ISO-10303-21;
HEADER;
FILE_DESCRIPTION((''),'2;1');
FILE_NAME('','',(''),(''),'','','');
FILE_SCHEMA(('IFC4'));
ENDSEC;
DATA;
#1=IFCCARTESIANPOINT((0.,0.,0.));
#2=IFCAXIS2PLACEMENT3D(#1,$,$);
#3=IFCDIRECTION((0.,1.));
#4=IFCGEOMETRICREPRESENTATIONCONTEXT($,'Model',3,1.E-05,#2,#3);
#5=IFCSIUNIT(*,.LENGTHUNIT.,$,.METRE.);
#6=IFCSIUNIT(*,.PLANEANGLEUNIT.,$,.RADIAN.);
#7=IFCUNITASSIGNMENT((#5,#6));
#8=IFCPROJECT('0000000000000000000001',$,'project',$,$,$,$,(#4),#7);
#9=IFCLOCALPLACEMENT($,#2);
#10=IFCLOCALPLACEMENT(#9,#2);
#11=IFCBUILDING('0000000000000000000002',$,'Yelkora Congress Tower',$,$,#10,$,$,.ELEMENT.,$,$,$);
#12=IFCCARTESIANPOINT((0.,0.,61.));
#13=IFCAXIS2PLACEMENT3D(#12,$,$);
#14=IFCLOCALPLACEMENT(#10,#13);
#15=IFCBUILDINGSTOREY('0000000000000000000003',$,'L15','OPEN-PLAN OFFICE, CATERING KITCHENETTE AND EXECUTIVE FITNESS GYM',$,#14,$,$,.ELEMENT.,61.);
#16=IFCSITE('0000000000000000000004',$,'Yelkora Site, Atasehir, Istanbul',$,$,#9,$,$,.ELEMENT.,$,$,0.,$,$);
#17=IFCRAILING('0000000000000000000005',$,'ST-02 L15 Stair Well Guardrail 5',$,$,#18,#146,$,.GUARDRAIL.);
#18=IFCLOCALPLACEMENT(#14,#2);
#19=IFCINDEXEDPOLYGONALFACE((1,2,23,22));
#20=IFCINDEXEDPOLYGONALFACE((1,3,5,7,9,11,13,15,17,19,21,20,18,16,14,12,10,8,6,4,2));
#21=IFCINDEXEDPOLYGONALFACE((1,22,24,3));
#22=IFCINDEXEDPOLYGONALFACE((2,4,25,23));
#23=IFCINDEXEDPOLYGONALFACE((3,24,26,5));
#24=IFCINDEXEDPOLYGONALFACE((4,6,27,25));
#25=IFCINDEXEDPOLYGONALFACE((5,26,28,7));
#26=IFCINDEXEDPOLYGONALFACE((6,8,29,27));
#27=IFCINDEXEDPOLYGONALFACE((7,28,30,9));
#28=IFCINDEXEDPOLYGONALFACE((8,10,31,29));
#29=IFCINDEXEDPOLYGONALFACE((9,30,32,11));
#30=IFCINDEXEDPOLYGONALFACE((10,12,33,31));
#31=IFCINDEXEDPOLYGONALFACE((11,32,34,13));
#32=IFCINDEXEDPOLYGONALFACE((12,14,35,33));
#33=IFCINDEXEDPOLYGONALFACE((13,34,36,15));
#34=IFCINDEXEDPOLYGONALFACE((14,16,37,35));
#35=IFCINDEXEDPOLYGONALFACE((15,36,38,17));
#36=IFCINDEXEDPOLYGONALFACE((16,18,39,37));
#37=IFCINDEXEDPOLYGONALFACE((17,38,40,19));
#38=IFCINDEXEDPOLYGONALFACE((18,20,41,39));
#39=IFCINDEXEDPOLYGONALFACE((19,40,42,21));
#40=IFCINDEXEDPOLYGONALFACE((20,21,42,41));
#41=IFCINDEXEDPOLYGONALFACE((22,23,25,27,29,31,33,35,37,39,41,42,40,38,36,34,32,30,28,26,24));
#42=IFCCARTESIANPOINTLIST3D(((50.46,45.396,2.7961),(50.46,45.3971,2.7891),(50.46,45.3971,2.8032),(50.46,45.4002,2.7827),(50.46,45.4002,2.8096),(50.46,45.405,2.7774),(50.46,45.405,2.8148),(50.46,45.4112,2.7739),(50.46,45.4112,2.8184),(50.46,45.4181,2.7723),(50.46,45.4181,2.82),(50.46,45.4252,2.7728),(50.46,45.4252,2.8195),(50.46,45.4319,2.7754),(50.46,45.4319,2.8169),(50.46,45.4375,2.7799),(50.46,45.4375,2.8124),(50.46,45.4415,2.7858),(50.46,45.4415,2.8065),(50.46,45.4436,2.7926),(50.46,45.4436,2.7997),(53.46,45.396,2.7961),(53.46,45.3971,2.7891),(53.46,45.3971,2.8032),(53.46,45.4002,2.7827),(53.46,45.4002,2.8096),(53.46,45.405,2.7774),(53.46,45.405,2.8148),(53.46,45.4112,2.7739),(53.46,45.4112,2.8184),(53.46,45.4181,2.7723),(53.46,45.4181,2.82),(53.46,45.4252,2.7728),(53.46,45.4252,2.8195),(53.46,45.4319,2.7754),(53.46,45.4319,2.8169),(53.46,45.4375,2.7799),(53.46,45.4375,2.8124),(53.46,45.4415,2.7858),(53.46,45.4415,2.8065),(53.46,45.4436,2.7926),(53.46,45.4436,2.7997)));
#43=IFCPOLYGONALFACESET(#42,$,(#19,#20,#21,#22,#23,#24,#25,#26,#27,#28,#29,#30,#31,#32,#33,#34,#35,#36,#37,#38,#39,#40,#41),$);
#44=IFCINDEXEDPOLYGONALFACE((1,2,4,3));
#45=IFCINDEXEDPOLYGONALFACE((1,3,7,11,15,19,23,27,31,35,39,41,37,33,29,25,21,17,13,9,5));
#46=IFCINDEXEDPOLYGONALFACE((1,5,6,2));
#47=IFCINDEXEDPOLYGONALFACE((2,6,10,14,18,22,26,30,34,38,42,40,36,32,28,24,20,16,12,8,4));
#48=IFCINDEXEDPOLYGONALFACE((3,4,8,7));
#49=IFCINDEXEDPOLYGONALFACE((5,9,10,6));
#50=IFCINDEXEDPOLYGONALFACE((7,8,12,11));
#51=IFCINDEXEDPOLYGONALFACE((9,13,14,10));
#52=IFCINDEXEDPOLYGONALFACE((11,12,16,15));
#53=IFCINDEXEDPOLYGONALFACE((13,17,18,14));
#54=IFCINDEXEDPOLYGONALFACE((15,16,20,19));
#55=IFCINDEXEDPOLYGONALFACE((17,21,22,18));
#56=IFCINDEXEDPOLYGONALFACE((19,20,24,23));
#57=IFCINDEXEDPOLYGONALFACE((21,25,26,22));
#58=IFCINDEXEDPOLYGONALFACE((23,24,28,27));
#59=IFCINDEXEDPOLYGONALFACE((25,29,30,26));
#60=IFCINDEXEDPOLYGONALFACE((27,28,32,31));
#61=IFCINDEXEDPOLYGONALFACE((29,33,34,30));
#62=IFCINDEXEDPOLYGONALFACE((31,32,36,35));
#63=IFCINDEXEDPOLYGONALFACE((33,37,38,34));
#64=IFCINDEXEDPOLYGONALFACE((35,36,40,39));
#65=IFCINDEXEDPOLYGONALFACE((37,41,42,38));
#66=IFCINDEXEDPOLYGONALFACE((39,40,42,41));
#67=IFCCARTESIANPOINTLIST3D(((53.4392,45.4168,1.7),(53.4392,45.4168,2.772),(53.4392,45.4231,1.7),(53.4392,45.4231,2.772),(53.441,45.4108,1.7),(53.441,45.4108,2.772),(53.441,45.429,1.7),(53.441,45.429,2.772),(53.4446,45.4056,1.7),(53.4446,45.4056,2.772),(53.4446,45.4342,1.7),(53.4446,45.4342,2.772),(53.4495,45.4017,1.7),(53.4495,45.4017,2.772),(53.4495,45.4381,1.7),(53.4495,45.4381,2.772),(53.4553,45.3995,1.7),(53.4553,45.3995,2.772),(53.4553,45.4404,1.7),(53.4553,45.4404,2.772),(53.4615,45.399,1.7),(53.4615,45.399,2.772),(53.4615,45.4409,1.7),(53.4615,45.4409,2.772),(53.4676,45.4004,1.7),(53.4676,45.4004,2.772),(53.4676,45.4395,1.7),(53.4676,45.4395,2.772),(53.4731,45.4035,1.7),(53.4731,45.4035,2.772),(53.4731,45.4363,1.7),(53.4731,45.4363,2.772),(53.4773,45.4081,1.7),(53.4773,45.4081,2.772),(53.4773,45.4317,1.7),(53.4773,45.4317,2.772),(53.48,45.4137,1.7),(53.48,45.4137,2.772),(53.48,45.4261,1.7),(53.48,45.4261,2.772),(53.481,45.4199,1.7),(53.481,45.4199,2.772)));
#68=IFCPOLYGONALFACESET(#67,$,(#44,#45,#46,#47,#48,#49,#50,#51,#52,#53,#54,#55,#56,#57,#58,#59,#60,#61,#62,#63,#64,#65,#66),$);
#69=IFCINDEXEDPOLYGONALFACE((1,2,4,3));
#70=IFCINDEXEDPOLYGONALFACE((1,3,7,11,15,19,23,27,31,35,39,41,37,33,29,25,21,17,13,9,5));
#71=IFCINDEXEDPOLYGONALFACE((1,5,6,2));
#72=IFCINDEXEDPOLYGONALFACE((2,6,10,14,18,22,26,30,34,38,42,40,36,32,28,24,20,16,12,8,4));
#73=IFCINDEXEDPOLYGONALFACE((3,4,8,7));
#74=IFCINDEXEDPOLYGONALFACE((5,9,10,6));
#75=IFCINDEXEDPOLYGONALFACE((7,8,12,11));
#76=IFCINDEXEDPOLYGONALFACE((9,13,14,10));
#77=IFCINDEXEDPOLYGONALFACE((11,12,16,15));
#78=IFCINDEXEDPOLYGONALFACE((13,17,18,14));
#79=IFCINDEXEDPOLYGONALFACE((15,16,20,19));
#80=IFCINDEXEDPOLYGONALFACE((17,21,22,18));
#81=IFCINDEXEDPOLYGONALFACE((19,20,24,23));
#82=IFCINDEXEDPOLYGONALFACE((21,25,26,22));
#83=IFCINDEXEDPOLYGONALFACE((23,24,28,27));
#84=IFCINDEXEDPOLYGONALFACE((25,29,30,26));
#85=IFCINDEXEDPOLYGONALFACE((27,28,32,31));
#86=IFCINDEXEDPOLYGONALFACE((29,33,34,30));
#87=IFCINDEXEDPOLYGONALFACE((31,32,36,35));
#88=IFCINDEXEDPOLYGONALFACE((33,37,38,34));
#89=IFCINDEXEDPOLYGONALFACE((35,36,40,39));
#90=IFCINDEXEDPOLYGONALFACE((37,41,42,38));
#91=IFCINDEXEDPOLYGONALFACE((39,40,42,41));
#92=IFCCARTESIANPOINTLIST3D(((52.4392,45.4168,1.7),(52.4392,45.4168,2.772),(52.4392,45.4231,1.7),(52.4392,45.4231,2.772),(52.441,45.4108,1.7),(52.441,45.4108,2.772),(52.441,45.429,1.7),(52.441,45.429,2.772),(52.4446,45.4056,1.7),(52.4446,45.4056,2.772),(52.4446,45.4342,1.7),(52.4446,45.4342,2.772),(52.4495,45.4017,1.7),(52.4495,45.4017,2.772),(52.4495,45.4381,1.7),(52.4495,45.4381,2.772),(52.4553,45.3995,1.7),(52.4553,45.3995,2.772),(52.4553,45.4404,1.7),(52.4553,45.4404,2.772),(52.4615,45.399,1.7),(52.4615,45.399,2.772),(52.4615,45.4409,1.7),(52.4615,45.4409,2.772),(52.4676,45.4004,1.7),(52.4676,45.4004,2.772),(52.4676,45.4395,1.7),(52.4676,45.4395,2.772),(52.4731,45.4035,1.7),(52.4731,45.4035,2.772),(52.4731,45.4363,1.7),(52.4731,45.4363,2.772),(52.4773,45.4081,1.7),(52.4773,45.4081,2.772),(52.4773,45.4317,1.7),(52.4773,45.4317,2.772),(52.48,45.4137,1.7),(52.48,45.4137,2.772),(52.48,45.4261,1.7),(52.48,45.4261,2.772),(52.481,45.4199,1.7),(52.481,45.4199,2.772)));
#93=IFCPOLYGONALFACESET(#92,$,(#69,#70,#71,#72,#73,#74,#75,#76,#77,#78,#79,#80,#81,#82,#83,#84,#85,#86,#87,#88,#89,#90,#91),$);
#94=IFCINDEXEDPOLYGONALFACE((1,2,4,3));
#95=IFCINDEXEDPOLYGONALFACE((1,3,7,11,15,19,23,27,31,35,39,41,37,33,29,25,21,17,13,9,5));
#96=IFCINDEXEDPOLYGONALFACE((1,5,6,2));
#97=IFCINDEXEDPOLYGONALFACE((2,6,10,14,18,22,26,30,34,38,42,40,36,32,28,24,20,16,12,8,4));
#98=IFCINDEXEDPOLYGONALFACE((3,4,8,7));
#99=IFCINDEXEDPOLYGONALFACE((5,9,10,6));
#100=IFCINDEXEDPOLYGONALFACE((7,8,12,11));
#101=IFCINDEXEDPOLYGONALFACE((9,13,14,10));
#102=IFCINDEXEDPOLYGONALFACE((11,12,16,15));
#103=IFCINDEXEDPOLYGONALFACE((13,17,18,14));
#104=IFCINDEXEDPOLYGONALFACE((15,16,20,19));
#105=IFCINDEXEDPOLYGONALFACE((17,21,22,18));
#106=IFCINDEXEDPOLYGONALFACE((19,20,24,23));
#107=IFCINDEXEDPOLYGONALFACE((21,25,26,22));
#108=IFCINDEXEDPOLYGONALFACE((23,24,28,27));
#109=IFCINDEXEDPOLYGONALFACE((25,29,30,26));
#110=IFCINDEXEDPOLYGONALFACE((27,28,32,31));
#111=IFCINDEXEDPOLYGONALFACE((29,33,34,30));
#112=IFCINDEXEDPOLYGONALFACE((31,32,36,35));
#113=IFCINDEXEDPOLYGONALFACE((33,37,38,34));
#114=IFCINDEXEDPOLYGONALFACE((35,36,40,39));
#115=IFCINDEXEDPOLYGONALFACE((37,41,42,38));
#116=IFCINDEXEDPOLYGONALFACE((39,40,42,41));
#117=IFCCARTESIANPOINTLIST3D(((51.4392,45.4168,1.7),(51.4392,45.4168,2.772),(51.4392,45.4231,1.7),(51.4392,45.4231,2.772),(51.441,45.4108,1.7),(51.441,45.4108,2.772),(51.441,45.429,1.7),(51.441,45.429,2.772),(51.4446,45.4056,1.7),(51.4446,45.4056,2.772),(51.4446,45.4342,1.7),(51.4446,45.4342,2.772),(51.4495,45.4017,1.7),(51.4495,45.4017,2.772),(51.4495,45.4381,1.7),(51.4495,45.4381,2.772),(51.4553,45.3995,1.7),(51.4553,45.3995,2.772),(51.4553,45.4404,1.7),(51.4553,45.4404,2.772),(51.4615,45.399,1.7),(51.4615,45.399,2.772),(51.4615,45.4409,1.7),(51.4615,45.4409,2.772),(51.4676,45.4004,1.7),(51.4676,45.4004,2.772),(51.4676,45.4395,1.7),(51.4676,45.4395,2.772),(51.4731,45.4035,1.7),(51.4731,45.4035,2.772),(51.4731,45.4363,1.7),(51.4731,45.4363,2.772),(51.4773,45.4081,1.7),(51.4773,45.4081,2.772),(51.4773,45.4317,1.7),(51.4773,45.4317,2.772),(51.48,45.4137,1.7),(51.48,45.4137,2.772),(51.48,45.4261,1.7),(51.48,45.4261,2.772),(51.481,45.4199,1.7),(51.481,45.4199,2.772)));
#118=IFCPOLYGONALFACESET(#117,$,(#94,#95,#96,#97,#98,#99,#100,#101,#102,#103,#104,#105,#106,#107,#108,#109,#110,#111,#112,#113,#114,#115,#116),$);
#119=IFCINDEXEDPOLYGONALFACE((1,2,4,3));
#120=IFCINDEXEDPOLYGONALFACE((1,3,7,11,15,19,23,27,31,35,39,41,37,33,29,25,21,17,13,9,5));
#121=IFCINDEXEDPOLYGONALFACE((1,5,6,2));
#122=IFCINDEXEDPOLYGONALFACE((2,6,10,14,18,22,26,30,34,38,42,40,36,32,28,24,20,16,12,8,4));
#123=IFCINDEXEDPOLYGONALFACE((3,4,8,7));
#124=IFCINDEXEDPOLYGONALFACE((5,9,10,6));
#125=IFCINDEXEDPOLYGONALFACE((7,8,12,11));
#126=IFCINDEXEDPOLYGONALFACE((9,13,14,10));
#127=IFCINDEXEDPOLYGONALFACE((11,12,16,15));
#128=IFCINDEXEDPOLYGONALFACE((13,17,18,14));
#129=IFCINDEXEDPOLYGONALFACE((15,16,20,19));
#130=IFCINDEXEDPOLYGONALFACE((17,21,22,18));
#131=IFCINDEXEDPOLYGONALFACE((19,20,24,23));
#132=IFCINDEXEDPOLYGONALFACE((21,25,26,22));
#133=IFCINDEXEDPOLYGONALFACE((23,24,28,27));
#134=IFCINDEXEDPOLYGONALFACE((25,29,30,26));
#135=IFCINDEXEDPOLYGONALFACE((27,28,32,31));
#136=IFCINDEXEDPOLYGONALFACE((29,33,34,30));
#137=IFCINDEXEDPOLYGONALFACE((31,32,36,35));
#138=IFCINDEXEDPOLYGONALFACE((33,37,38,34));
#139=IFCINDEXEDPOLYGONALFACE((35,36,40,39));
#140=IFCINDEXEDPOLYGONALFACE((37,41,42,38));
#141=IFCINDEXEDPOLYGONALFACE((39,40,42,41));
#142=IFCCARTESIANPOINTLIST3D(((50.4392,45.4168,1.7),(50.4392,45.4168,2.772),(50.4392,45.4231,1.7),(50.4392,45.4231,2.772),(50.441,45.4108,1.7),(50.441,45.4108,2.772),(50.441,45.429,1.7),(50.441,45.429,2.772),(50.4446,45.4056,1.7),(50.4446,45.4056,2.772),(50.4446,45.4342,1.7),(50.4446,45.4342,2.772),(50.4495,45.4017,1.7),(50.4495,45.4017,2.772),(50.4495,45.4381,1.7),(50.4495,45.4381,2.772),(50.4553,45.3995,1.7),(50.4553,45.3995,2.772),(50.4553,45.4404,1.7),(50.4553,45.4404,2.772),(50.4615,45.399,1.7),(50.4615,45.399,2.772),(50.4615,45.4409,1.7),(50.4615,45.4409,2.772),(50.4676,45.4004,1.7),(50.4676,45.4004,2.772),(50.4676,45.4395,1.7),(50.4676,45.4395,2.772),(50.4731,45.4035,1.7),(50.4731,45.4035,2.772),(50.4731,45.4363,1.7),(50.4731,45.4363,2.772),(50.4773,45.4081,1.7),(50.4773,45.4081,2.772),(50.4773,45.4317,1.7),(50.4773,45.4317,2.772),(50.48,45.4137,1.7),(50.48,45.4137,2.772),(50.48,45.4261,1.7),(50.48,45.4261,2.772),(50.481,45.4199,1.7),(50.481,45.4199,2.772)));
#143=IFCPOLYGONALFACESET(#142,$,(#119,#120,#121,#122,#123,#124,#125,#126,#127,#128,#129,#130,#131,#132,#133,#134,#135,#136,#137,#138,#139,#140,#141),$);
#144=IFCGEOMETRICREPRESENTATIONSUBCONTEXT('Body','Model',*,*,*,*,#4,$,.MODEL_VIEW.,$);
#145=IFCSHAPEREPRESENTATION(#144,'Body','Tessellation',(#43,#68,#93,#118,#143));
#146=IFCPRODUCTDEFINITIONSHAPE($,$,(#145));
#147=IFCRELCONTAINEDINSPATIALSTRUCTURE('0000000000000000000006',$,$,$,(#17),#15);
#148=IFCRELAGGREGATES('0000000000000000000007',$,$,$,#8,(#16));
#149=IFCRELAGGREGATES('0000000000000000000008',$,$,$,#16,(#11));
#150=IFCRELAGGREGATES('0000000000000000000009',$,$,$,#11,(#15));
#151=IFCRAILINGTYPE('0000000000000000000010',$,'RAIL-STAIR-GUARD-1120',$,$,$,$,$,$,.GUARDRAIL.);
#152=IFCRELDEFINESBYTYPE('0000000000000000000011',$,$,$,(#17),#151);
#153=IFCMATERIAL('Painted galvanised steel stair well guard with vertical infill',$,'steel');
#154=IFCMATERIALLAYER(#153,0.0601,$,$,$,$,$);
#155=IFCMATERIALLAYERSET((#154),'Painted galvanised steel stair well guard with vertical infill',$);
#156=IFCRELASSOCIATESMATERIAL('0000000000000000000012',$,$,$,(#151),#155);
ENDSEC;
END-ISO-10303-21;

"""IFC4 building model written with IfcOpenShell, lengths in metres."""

from ifc_helpers import new_model, si_unit, direction, frame, origin, origin_2d, place, context, subcontext, project, spatial, circle, extrude, material, layer, layer_set, type_object, element, save


model = new_model("IFC4")

# Units and contexts
model_context = context("Model", 3, precision=1e-05, world=origin(), true_north=direction((0.0, 1.0)))
body_context = subcontext(model_context, "Body", "Model", "MODEL_VIEW")
ifc_project = project(units=[si_unit("LENGTHUNIT", "METRE"), si_unit("PLANEANGLEUNIT", "RADIAN")], contexts=[model_context])

# Site, building, storey
site_placement = place(None, origin())
site = spatial("IfcSite", under=ifc_project, at=site_placement, Name="Yelkora Site, Atasehir, Istanbul", CompositionType="ELEMENT", RefElevation=0.0)
building_placement = place(site_placement, origin())
building = spatial("IfcBuilding", under=site, at=building_placement, Name="Yelkora Congress Tower", CompositionType="ELEMENT")
storey_placement = place(building_placement, frame((0.0, 0.0, 61.0)))
storey = spatial("IfcBuildingStorey", under=building, at=storey_placement, Name="L15", Description="OPEN-PLAN OFFICE, CATERING KITCHENETTE AND EXECUTIVE FITNESS GYM", CompositionType="ELEMENT", Elevation=61.0)

# Railing
ifc_material_1 = material(Name="Painted galvanised steel stair well guard with vertical infill", Category="steel")
ifc_layer_1 = layer(ifc_material_1, 0.0601)
ifc_layer_set_1 = layer_set([ifc_layer_1], Name="Painted galvanised steel stair well guard with vertical infill")
railing_type_1 = type_object("IfcRailingType", Name="RAIL-STAIR-GUARD-1120", PredefinedType="GUARDRAIL", material=ifc_layer_set_1)
railing_1_placement = place(storey_placement, frame((53.46, 45.4199, 1.7)))
element("IfcRailing", 1, at=railing_1_placement, inside=storey, type_object=railing_type_1, Name="ST-02 L15 Stair Well Guardrail 5", PredefinedType="GUARDRAIL", context=body_context, shape_type="SweptSolid", body=[
    extrude(circle(Radius=0.0239, at=origin_2d()), frame((0.0, 0.0, 1.0962), z_axis=(-1.0, 0.0, 0.0), x_axis=(0.0, -1.0, 0.0)), (0.0, 0.0, 1.0), 3.0),
    extrude(circle(Radius=0.021, at=origin_2d()), origin(), (0.0, 0.0, 1.0), 1.072),
    extrude(circle(Radius=0.021, at=origin_2d()), frame((-1.0, 0.0, 0.0)), (0.0, 0.0, 1.0), 1.072),
    extrude(circle(Radius=0.021, at=origin_2d()), frame((-2.0, 0.0, 0.0)), (0.0, 0.0, 1.0), 1.072),
    extrude(circle(Radius=0.021, at=origin_2d()), frame((-3.0, 0.0, 0.0)), (0.0, 0.0, 1.0), 1.072),
])

save(model, "model.ifc")
